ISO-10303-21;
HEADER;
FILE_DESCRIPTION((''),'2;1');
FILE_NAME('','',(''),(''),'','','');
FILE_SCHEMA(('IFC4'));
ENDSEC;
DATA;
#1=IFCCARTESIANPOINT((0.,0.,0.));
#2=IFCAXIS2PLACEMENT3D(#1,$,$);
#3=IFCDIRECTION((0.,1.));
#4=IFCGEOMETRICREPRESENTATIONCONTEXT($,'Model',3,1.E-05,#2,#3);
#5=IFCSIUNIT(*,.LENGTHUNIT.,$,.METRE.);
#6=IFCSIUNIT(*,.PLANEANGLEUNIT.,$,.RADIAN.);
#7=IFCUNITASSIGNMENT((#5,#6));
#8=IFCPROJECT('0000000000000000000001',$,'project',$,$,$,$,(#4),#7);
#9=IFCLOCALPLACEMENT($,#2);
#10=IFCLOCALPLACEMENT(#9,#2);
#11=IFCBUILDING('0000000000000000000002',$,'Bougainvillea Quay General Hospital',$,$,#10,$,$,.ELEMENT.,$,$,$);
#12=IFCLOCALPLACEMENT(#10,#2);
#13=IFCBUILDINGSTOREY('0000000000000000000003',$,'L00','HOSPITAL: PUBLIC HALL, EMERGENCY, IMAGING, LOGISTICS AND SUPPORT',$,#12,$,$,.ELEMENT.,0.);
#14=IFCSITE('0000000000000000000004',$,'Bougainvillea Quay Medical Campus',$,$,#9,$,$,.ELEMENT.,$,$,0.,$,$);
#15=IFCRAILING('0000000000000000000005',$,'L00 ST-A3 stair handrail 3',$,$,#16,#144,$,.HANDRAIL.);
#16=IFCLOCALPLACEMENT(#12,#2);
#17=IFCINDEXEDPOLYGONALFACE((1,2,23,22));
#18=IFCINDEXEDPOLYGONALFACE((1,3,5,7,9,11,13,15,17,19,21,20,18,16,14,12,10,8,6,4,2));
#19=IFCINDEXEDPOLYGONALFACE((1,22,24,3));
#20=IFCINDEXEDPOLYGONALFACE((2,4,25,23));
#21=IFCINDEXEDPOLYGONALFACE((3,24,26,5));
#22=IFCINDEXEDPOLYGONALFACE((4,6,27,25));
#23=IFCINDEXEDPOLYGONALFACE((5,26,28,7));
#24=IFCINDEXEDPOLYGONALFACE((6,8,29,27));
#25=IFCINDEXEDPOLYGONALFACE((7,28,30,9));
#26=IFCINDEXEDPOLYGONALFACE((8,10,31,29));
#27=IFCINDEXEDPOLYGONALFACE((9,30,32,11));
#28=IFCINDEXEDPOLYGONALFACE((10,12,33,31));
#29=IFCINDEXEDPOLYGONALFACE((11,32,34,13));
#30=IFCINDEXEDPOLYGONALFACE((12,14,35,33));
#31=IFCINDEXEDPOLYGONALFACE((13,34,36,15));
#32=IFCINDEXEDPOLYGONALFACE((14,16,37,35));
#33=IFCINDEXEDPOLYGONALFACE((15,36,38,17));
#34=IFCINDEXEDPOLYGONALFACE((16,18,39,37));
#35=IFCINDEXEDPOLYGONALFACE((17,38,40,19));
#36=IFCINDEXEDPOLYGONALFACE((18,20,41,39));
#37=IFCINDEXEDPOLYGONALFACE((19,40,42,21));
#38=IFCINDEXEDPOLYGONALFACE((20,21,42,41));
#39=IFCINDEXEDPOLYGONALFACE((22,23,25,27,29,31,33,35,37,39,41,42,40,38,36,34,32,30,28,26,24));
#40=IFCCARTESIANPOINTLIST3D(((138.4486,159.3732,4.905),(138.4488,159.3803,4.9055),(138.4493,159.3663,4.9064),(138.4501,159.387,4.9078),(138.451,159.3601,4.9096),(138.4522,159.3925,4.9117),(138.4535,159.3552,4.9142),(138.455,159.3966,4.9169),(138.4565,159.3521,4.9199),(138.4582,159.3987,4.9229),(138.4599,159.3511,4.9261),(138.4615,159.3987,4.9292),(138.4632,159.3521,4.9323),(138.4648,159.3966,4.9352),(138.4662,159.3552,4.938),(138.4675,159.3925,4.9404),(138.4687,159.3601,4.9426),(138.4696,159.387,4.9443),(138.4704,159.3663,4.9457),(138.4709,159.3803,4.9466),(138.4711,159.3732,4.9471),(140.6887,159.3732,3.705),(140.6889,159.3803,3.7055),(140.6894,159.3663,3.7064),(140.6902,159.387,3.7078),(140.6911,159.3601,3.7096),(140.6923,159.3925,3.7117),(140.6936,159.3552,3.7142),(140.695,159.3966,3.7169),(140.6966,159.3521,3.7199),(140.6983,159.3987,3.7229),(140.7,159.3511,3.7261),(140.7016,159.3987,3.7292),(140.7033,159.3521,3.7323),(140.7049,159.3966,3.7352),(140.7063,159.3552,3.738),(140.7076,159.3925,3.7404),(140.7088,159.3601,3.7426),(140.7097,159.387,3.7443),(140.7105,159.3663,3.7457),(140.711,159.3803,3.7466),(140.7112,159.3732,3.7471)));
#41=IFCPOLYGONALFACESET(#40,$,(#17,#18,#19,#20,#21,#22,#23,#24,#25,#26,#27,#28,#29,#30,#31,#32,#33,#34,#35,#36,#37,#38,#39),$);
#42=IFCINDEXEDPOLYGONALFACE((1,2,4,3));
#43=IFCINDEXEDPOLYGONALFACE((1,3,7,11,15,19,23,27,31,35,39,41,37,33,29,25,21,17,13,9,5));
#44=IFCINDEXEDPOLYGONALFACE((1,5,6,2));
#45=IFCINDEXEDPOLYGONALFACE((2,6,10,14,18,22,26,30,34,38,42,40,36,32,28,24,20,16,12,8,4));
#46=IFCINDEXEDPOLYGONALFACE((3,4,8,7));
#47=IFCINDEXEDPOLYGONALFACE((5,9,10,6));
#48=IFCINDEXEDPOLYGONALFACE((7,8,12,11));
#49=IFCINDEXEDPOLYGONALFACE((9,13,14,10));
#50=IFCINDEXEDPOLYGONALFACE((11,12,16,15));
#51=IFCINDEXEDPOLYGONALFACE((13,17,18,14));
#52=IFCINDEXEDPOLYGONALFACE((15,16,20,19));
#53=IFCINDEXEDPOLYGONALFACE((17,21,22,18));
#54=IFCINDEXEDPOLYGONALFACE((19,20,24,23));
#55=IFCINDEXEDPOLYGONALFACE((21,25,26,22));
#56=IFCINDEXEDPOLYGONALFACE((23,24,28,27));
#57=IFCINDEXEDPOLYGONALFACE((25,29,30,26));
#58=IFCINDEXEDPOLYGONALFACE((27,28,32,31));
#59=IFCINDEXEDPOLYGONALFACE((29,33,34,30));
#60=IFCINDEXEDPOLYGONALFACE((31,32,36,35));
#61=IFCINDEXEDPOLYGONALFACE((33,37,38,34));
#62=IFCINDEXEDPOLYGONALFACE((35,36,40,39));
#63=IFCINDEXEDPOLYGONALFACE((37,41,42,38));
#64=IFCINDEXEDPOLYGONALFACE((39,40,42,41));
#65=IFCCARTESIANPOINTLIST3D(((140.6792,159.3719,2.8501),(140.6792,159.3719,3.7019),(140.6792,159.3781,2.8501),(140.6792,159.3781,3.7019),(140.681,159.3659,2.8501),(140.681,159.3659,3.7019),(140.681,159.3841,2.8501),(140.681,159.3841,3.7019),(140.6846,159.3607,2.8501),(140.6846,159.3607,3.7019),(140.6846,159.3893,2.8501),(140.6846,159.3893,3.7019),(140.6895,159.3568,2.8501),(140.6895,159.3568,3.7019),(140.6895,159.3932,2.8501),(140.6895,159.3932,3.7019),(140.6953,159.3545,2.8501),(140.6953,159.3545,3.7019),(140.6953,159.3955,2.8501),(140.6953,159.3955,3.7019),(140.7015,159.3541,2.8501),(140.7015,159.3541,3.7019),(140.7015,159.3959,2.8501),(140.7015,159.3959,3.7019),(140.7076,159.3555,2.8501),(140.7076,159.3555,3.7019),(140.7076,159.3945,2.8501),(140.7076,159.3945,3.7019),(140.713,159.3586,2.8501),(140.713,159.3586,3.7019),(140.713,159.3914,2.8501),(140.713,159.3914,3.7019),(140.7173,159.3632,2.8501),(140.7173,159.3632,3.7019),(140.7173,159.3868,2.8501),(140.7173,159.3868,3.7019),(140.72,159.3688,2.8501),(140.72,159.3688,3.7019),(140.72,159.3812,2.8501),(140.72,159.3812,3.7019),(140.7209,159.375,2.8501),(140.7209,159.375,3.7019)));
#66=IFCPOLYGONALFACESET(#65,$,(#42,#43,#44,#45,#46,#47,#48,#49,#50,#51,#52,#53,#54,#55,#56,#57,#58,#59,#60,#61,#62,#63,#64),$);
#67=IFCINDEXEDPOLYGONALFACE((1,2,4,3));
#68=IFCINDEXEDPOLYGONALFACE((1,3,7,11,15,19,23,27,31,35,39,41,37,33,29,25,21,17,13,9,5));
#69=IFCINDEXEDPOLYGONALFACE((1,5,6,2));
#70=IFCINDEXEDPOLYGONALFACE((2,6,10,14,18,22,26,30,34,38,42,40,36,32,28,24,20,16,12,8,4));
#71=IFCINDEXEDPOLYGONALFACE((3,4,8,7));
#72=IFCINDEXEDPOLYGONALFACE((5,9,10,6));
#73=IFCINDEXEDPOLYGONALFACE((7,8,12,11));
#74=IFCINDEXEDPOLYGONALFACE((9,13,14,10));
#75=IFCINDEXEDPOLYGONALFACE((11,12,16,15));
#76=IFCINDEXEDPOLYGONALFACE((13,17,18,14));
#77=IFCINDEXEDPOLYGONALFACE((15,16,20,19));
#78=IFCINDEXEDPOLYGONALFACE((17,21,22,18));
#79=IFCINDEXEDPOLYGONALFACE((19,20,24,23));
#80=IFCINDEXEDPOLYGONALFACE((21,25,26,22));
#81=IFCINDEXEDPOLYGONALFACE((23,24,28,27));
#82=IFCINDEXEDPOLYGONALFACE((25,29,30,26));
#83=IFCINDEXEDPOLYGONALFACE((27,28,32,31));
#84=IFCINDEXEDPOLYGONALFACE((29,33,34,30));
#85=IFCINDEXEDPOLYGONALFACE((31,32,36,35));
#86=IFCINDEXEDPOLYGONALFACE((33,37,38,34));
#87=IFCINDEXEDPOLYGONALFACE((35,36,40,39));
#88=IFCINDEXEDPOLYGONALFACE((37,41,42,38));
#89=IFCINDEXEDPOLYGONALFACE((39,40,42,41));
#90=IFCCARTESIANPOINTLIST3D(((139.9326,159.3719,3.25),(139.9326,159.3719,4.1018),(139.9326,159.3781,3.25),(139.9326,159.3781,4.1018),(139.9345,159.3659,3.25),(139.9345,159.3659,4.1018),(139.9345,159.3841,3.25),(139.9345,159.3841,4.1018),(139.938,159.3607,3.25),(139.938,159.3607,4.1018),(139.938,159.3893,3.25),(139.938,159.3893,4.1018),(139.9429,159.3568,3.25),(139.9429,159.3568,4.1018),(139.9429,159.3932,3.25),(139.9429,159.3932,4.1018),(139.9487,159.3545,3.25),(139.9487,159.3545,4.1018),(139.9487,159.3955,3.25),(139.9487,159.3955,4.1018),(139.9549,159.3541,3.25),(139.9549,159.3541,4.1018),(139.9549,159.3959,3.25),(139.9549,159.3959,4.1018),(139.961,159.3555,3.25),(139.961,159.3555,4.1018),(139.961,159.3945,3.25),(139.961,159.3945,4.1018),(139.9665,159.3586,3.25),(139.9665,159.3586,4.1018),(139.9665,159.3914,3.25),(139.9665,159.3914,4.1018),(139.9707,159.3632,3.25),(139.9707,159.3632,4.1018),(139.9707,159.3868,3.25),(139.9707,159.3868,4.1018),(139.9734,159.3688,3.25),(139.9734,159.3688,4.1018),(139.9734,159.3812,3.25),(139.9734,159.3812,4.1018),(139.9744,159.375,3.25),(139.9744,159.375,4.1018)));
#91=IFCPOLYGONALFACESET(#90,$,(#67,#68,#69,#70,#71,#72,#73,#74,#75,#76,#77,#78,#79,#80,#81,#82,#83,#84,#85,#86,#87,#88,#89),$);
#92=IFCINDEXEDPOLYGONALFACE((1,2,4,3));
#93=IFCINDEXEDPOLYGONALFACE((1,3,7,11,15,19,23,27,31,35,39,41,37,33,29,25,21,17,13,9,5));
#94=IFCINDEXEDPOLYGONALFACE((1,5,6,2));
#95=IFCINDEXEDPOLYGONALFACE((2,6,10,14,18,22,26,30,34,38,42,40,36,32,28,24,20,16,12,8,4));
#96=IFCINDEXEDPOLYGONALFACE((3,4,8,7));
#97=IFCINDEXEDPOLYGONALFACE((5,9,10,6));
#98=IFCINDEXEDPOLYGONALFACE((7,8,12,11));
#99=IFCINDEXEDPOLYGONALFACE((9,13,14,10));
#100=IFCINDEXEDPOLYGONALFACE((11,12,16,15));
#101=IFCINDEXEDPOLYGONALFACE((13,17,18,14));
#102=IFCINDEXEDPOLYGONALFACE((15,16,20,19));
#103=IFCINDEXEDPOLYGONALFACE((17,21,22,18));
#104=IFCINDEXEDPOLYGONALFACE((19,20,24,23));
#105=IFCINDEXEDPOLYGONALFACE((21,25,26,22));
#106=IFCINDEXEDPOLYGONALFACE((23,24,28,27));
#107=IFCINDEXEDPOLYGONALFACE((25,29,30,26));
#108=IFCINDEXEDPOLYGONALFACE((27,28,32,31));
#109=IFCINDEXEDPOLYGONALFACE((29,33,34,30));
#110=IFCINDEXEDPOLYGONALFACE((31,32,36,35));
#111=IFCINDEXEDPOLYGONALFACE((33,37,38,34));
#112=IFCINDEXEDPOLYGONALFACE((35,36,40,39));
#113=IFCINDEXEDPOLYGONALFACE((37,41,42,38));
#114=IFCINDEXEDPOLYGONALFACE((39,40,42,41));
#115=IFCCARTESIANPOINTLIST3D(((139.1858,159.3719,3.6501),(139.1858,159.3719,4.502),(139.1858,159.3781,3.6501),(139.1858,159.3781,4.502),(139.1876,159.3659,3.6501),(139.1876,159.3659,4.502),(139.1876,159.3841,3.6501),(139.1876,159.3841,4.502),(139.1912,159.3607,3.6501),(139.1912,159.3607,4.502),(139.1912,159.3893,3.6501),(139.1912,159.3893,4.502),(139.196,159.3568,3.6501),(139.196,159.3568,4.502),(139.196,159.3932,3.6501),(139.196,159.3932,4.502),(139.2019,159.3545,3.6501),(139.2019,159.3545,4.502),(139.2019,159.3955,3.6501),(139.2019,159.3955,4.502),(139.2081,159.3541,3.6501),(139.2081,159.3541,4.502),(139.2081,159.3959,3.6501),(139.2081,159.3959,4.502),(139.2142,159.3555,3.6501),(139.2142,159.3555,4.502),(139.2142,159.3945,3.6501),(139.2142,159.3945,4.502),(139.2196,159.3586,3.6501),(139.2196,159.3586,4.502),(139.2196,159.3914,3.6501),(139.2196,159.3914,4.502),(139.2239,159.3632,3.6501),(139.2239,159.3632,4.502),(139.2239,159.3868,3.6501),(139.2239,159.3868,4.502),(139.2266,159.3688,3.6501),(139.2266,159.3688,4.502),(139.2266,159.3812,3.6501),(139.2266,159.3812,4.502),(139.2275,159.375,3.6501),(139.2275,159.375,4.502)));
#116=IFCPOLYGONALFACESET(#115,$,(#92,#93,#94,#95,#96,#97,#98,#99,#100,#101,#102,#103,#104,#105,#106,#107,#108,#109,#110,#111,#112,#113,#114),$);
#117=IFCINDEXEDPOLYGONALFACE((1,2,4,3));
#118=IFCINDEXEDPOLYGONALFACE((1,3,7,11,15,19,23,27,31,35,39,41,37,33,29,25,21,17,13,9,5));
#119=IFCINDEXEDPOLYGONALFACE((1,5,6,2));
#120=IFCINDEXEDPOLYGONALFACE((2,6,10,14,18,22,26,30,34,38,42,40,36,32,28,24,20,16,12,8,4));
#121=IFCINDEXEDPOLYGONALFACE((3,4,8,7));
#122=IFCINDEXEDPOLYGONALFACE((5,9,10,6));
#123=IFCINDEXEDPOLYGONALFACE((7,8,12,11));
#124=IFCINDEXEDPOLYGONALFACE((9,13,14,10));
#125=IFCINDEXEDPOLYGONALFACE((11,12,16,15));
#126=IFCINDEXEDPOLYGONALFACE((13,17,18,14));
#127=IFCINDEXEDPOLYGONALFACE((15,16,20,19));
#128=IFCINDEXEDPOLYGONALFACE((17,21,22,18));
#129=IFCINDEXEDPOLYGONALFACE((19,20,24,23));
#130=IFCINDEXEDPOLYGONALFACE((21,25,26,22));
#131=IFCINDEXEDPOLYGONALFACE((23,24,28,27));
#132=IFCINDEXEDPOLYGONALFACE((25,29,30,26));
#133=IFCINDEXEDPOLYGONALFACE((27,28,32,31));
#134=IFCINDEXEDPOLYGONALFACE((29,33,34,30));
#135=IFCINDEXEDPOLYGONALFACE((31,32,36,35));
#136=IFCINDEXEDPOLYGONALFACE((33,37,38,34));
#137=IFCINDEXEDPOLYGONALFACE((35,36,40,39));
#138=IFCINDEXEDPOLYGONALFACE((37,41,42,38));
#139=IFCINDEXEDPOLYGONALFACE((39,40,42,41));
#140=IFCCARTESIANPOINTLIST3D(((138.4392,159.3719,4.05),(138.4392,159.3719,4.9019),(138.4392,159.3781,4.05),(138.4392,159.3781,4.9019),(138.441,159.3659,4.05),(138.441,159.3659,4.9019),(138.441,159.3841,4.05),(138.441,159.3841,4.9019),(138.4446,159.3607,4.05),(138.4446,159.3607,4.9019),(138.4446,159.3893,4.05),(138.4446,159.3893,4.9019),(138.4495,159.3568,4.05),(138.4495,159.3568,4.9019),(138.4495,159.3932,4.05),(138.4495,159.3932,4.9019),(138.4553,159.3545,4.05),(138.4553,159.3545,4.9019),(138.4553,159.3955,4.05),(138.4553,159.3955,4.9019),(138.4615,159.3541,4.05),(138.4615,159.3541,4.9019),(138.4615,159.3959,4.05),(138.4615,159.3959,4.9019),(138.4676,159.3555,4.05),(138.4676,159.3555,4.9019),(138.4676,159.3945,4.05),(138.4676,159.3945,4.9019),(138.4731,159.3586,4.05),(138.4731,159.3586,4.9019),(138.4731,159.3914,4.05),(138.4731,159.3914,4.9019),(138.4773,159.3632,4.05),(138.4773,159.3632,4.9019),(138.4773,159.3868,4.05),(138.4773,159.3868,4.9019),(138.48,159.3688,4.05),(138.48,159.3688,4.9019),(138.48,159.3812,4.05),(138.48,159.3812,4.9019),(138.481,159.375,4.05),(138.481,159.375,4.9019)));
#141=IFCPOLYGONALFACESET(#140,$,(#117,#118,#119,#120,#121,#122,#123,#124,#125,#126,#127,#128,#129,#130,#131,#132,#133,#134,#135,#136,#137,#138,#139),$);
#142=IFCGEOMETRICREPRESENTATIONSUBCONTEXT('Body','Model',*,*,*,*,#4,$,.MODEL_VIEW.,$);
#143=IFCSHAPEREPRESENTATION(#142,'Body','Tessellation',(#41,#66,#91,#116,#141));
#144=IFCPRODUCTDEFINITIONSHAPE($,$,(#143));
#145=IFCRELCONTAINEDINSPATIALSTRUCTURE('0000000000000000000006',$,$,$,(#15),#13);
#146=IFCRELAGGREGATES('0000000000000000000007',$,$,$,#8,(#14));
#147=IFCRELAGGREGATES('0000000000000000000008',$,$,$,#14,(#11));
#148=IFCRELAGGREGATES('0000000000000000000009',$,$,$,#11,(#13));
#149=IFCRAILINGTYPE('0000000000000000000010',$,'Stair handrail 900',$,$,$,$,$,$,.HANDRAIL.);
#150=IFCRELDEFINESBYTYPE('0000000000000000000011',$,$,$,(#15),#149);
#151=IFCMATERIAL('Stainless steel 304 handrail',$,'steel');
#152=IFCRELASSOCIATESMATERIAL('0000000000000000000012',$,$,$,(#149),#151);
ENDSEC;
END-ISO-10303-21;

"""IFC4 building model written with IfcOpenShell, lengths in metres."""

from ifc_helpers import new_model, si_unit, direction, frame, origin, origin_2d, place, context, subcontext, project, spatial, circle, extrude, material, type_object, element, save


model = new_model("IFC4")

# Units and contexts
model_context = context("Model", 3, precision=1e-05, world=origin(), true_north=direction((0.0, 1.0)))
body_context = subcontext(model_context, "Body", "Model", "MODEL_VIEW")
ifc_project = project(units=[si_unit("LENGTHUNIT", "METRE"), si_unit("PLANEANGLEUNIT", "RADIAN")], contexts=[model_context])

# Site, building, storey
site_placement = place(None, origin())
site = spatial("IfcSite", under=ifc_project, at=site_placement, Name="Bougainvillea Quay Medical Campus", CompositionType="ELEMENT", RefElevation=0.0)
building_placement = place(site_placement, origin())
building = spatial("IfcBuilding", under=site, at=building_placement, Name="Bougainvillea Quay General Hospital", CompositionType="ELEMENT")
storey_placement = place(building_placement, origin())
storey = spatial("IfcBuildingStorey", under=building, at=storey_placement, Name="L00", Description="HOSPITAL: PUBLIC HALL, EMERGENCY, IMAGING, LOGISTICS AND SUPPORT", CompositionType="ELEMENT", Elevation=0.0)

# Railing
ifc_material_1 = material(Name="Stainless steel 304 handrail", Category="steel")
railing_type_1 = type_object("IfcRailingType", Name="Stair handrail 900", PredefinedType="HANDRAIL", material=ifc_material_1)
railing_1_placement = place(storey_placement, frame((140.7, 159.375, 2.8501)))
element("IfcRailing", 1, at=railing_1_placement, inside=storey, type_object=railing_type_1, Name="L00 ST-A3 stair handrail 3", PredefinedType="HANDRAIL", context=body_context, shape_type="SweptSolid", body=[
    extrude(circle(Radius=0.0239, at=origin_2d()), frame((0.0, 0.0, 0.876), z_axis=(-0.881487, 0.0, 0.472208), x_axis=(0.0, -1.0, 0.0)), (0.0, 0.0, 1.0), 2.5413),
    extrude(circle(Radius=0.021, at=origin_2d()), origin(), (0.0, 0.0, 1.0), 0.8518),
    extrude(circle(Radius=0.021, at=origin_2d()), frame((-0.7466, 0.0, 0.3999)), (0.0, 0.0, 1.0), 0.8518),
    extrude(circle(Radius=0.021, at=origin_2d()), frame((-1.4934, 0.0, 0.8)), (0.0, 0.0, 1.0), 0.8518),
    extrude(circle(Radius=0.021, at=origin_2d()), frame((-2.24, 0.0, 1.2)), (0.0, 0.0, 1.0), 0.8518),
])

save(model, "model.ifc")
